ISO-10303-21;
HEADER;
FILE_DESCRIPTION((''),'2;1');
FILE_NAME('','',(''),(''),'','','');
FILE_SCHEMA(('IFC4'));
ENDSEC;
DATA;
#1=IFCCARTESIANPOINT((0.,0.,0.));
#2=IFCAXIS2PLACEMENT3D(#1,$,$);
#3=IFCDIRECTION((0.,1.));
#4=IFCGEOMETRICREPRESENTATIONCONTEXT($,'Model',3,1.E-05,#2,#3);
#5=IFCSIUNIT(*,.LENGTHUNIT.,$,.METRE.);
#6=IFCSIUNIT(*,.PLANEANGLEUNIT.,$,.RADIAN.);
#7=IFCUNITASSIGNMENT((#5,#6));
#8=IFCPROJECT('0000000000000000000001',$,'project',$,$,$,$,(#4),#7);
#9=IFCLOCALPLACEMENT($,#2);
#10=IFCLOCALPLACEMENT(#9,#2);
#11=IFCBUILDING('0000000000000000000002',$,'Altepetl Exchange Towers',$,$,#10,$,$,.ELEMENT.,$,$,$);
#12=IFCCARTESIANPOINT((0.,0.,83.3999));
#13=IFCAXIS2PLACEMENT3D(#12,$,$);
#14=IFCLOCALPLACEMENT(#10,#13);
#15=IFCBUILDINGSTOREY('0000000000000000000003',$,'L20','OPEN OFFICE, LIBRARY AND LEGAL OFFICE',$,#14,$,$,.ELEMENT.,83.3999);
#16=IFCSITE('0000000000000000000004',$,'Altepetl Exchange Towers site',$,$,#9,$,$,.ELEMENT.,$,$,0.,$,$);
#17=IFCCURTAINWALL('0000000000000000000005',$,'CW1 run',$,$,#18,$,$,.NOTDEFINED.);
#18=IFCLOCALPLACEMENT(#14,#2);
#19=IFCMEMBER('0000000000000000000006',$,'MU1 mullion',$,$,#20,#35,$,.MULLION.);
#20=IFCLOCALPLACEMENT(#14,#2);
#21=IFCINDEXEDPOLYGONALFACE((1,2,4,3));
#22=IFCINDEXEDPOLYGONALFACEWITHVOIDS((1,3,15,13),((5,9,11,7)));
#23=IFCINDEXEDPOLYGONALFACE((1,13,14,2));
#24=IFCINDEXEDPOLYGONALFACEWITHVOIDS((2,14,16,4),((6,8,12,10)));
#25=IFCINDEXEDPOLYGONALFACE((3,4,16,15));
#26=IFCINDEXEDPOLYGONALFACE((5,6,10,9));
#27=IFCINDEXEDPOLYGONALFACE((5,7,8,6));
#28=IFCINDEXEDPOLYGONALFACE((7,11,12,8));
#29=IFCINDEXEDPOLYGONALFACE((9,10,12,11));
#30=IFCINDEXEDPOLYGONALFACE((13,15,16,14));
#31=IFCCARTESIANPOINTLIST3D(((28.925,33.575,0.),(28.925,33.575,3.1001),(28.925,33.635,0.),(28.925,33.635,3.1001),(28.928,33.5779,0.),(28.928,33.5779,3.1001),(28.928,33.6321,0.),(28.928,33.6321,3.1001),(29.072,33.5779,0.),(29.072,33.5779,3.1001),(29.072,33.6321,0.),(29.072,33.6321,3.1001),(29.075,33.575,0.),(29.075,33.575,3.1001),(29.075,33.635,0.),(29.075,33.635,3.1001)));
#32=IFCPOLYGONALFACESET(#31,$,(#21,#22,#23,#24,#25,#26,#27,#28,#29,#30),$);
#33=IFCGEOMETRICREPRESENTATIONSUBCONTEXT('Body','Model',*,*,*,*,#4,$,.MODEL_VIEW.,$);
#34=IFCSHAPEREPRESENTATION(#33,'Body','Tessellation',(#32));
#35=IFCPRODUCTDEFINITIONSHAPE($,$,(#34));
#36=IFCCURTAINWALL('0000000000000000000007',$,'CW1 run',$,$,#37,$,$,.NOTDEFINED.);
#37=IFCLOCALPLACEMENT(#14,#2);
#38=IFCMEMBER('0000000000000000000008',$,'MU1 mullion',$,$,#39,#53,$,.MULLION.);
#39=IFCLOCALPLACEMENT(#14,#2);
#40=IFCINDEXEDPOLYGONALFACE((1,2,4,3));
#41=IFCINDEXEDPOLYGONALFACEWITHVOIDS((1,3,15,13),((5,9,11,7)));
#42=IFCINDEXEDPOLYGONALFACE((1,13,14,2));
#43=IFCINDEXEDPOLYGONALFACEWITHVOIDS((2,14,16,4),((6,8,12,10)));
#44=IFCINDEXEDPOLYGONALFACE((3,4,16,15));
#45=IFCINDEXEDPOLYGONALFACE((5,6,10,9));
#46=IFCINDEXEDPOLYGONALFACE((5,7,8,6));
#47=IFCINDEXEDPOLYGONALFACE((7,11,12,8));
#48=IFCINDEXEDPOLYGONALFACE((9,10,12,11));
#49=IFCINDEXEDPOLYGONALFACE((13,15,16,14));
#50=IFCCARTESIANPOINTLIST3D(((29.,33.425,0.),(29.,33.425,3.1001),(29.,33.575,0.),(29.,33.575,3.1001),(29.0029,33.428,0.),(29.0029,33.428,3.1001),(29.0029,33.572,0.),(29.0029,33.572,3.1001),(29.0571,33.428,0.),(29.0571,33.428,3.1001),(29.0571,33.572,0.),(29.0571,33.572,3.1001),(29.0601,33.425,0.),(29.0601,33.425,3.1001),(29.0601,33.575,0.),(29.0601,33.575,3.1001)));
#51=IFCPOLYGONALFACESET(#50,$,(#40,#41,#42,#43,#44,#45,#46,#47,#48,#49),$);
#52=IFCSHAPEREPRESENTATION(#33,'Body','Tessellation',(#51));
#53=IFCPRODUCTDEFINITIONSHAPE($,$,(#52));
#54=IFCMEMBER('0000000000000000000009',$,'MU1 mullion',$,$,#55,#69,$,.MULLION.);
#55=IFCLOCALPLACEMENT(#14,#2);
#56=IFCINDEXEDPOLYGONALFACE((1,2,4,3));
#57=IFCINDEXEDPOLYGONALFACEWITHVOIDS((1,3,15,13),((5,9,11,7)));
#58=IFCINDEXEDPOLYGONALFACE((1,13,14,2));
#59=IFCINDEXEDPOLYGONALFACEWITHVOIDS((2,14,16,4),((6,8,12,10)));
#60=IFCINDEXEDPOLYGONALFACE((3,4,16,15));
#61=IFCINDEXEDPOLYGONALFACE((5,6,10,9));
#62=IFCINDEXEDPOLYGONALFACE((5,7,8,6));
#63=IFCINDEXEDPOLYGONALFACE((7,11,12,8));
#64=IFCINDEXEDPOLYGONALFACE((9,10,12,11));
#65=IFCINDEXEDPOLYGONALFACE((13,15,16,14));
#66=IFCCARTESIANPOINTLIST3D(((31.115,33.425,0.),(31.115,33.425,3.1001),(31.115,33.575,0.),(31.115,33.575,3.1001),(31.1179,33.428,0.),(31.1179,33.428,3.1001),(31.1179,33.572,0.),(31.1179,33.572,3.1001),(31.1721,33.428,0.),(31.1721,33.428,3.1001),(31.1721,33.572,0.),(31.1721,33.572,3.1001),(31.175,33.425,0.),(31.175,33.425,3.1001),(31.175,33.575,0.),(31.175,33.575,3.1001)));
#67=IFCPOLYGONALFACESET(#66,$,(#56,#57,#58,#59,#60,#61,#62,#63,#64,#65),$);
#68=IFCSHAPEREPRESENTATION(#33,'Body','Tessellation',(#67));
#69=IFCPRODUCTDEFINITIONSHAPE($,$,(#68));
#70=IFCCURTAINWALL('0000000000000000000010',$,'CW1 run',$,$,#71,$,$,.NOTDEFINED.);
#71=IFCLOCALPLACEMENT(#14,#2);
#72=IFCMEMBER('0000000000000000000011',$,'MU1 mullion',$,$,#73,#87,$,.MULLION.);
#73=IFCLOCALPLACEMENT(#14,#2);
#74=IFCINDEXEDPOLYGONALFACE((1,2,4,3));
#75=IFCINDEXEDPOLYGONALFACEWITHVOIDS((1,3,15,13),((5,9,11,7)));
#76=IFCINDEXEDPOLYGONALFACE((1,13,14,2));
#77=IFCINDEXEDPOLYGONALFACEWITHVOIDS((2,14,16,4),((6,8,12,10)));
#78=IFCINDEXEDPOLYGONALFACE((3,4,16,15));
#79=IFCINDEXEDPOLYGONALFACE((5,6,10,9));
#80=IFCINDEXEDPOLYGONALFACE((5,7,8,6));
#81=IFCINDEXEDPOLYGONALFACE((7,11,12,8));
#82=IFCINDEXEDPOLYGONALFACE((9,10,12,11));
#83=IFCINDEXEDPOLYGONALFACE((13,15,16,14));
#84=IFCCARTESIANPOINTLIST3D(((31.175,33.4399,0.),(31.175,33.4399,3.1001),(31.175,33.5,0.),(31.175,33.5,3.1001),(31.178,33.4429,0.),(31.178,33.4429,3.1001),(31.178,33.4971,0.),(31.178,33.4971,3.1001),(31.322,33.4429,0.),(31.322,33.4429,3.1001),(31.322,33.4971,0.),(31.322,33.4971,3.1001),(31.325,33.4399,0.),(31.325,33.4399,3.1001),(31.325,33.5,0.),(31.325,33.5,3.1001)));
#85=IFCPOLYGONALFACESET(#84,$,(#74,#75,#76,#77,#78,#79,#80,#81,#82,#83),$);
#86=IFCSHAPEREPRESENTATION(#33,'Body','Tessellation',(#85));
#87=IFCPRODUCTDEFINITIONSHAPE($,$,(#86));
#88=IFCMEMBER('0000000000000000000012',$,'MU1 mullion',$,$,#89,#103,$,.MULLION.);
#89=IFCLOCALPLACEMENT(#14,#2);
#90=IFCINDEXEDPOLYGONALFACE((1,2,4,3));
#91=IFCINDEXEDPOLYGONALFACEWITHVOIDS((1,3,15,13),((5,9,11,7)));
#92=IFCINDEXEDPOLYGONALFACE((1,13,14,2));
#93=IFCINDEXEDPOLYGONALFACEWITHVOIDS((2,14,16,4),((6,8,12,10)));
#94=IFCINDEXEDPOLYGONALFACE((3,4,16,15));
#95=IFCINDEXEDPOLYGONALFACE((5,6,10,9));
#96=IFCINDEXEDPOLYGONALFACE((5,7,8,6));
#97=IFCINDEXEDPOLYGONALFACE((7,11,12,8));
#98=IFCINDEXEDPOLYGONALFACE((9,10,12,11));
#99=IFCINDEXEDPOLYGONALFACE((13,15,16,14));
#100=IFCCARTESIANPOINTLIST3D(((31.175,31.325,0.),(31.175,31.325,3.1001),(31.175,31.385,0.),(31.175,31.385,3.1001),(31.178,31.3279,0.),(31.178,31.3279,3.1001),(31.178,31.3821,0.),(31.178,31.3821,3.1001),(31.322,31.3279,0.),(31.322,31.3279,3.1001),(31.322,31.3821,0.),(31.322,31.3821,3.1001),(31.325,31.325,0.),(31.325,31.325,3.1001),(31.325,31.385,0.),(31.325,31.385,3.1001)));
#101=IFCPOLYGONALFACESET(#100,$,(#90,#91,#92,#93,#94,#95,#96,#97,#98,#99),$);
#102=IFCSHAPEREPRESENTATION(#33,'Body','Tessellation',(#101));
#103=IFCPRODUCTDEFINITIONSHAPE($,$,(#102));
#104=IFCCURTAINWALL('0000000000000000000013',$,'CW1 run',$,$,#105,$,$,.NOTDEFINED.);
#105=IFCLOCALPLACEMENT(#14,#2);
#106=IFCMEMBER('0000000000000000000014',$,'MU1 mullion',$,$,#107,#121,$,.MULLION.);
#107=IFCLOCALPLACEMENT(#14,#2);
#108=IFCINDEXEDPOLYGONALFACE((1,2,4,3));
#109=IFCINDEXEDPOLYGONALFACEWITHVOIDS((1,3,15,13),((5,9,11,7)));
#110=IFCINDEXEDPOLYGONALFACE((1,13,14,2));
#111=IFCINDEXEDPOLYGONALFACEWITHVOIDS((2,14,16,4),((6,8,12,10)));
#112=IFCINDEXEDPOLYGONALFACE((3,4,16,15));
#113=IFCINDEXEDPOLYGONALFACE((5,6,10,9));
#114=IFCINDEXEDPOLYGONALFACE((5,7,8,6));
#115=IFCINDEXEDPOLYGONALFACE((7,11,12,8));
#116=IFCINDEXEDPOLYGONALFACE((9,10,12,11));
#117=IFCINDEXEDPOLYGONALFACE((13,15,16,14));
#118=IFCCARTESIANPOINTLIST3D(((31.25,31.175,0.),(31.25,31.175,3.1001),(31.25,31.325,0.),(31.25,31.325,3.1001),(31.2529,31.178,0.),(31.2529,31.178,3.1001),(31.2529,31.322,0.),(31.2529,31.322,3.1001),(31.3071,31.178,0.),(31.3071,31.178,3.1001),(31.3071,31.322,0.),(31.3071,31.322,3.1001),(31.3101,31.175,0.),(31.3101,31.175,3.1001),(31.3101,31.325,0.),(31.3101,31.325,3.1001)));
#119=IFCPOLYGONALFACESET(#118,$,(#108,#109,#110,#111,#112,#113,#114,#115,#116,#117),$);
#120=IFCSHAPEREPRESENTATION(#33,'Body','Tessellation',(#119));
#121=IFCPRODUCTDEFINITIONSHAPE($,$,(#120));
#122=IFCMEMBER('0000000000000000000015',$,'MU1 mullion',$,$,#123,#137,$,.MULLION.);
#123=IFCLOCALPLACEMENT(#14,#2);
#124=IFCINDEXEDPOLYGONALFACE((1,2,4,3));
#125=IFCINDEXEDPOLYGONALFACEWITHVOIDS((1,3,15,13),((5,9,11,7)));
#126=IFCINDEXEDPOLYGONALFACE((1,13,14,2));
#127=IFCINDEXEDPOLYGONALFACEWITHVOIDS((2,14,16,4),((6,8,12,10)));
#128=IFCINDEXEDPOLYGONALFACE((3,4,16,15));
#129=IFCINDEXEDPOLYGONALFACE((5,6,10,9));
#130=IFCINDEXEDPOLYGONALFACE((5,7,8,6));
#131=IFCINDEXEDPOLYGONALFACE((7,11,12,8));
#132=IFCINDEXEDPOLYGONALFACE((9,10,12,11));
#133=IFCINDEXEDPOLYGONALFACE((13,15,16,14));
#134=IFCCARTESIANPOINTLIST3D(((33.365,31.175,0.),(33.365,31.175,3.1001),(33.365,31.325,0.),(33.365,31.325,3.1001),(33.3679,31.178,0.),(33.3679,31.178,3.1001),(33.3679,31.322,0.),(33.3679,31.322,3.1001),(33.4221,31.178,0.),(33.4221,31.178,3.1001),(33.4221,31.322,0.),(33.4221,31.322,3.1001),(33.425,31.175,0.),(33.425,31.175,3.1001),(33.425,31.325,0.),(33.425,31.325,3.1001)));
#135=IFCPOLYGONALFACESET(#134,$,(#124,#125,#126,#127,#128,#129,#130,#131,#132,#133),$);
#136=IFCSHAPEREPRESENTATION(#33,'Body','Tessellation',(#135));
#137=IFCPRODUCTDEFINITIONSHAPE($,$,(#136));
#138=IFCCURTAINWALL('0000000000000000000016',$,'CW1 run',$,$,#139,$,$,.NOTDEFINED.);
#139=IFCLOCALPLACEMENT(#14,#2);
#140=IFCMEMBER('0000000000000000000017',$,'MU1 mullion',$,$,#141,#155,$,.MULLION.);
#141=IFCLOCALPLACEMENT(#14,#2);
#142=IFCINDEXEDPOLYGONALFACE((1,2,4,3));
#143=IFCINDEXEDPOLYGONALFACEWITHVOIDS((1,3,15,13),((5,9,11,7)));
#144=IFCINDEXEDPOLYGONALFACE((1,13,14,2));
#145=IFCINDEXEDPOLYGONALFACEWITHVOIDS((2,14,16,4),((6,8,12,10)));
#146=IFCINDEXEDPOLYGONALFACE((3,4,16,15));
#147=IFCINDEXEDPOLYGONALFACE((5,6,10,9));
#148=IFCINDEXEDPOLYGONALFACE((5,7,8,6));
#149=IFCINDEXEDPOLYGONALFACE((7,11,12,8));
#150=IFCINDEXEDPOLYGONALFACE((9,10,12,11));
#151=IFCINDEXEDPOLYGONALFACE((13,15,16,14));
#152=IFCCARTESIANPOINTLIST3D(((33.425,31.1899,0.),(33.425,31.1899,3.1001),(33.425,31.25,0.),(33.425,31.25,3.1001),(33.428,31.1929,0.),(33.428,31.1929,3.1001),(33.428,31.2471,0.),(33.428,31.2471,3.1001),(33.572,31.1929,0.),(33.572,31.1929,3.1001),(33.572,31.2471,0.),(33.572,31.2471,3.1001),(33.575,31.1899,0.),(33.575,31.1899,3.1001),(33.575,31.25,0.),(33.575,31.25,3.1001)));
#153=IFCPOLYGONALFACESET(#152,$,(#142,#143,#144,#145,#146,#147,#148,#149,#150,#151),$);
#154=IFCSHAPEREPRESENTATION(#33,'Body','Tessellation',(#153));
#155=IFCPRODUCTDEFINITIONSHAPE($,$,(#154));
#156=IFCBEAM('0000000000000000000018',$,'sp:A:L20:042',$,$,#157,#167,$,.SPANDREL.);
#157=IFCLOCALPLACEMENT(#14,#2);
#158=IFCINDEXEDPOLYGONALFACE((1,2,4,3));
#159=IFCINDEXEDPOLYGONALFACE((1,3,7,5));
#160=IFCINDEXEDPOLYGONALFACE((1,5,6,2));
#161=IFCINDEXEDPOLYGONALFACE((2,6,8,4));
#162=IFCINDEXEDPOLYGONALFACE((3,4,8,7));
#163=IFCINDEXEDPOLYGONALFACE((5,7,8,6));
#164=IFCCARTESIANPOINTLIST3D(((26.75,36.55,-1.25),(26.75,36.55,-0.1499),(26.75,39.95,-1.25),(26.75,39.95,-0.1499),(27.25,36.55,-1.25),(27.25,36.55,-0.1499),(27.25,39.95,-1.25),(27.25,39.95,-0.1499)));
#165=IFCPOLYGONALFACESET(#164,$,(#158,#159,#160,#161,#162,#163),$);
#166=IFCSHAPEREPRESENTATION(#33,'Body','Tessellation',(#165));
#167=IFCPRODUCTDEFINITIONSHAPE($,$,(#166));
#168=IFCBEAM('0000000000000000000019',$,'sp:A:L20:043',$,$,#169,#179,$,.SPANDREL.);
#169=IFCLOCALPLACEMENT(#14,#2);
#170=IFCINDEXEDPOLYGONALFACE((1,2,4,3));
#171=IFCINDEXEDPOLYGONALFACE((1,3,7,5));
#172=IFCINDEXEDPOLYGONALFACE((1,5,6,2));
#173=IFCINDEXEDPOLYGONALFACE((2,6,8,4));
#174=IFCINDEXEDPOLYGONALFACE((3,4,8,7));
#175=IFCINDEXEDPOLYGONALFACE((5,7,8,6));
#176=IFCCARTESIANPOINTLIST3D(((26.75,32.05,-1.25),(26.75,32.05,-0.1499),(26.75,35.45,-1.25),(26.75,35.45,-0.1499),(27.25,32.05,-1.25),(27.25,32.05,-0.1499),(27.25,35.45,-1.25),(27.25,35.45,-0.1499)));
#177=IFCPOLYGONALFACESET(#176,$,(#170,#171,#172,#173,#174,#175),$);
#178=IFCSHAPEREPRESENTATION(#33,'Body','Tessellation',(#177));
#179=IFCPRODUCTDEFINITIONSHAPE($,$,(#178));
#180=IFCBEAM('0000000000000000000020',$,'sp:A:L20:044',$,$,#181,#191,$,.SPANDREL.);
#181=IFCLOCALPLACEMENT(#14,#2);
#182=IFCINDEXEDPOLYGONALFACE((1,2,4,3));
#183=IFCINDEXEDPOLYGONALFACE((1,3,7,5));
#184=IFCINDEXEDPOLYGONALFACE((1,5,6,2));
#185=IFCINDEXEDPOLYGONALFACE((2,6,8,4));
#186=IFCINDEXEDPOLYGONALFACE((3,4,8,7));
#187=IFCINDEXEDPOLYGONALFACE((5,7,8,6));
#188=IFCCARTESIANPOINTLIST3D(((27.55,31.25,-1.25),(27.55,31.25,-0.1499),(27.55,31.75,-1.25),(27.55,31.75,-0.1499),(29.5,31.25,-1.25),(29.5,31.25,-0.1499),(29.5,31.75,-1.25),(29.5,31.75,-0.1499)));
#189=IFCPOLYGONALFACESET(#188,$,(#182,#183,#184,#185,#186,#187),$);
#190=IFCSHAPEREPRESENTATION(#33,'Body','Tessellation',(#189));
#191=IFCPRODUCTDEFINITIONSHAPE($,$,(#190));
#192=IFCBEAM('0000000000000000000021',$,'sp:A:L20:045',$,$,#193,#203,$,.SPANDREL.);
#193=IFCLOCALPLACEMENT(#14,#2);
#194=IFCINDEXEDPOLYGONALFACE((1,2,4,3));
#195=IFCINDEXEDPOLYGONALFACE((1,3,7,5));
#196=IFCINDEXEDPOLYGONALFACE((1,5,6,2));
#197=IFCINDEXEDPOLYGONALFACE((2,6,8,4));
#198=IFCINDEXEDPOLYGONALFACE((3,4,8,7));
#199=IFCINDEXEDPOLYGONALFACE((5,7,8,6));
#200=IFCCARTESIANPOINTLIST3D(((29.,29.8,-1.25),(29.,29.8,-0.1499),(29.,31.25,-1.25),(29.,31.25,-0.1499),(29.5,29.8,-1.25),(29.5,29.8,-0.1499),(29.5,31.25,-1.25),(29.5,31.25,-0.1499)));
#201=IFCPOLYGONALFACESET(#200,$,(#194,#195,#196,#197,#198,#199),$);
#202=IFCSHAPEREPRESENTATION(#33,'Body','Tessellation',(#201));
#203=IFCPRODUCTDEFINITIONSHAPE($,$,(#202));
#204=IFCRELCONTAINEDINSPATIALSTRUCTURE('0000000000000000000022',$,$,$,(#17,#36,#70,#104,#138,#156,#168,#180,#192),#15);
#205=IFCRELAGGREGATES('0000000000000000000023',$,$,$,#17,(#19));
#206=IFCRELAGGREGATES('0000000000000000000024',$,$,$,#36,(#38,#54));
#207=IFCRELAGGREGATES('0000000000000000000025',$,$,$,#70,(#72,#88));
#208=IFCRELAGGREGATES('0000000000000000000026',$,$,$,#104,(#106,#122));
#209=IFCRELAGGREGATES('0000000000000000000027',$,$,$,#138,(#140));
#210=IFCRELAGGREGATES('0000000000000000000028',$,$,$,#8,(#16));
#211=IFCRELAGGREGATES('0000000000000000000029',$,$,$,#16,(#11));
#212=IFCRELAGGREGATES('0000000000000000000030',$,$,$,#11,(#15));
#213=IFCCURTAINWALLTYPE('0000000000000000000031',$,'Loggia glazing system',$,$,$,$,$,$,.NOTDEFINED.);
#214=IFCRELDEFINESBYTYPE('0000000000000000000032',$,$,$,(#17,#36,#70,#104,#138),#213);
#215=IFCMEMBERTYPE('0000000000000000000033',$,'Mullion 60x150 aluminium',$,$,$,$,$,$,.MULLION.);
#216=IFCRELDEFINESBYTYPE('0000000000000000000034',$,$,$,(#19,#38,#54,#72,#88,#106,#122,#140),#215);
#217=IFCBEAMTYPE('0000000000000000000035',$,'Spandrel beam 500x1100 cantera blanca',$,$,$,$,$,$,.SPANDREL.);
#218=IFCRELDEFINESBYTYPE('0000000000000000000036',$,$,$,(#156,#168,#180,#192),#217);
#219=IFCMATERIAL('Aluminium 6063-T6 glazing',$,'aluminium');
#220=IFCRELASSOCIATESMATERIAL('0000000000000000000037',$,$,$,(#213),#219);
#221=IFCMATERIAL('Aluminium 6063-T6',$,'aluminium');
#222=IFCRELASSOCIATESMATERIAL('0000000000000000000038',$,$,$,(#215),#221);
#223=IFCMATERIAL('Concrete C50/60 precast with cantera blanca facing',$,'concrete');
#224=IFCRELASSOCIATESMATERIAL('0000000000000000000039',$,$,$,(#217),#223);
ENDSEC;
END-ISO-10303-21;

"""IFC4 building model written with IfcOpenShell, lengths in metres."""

from ifc_helpers import new_model, si_unit, direction, frame, origin, origin_2d, place, context, subcontext, project, spatial, rectangle, hollow_rectangle, extrude, material, material_profile, profile_set, type_object, element, aggregate, save


model = new_model("IFC4")

# Units and contexts
model_context = context("Model", 3, precision=1e-05, world=origin(), true_north=direction((0.0, 1.0)))
body_context = subcontext(model_context, "Body", "Model", "MODEL_VIEW")
ifc_project = project(units=[si_unit("LENGTHUNIT", "METRE"), si_unit("PLANEANGLEUNIT", "RADIAN")], contexts=[model_context])

# Site, building, storey
site_placement = place(None, origin())
site = spatial("IfcSite", under=ifc_project, at=site_placement, Name="Altepetl Exchange Towers site", CompositionType="ELEMENT", RefElevation=0.0)
building_placement = place(site_placement, origin())
building = spatial("IfcBuilding", under=site, at=building_placement, Name="Altepetl Exchange Towers", CompositionType="ELEMENT")
storey_placement = place(building_placement, frame((0.0, 0.0, 83.3999)))
storey = spatial("IfcBuildingStorey", under=building, at=storey_placement, Name="L20", Description="OPEN OFFICE, LIBRARY AND LEGAL OFFICE", CompositionType="ELEMENT", Elevation=83.3999)

# Curtain walls, members
ifc_material_1 = material(Name="Aluminium 6063-T6 glazing", Category="aluminium")
curtain_wall_type = type_object("IfcCurtainWallType", Name="Loggia glazing system", PredefinedType="NOTDEFINED", material=ifc_material_1)
curtain_wall_1_placement = place(storey_placement, origin())
curtain_wall_1 = element("IfcCurtainWall", 1, at=curtain_wall_1_placement, inside=storey, type_object=curtain_wall_type, Name="CW1 run", PredefinedType="NOTDEFINED")
ifc_material_2 = material(Name="Aluminium 6063-T6", Category="aluminium")
ifc_material_profile_1 = material_profile(ifc_material_2, hollow_rectangle(XDim=0.0601, YDim=0.1499, WallThickness=0.0029, at=origin_2d()), Name="Mullion 60x150 aluminium")
ifc_profile_set_1 = profile_set([ifc_material_profile_1], Name="Aluminium 6063-T6")
member_type = type_object("IfcMemberType", Name="Mullion 60x150 aluminium", PredefinedType="MULLION", material=ifc_profile_set_1)
member_1_placement = place(storey_placement, frame((29.0, 33.605, 0.0), z_axis=(0.0, 0.0, 1.0), x_axis=(0.0, -1.0, 0.0)))
member_1 = element("IfcMember", 2, at=member_1_placement, type_object=member_type, Name="MU1 mullion", PredefinedType="MULLION", context=body_context, shape_type="SweptSolid", body=[
    extrude(hollow_rectangle(XDim=0.0601, YDim=0.1499, WallThickness=0.0029, at=origin_2d()), origin(), (0.0, 0.0, 1.0), 3.1001),
])
curtain_wall_2_placement = place(storey_placement, origin())
curtain_wall_2 = element("IfcCurtainWall", 3, at=curtain_wall_2_placement, inside=storey, type_object=curtain_wall_type, Name="CW1 run", PredefinedType="NOTDEFINED")
member_2_placement = place(storey_placement, frame((29.03, 33.5, 0.0)))
member_2 = element("IfcMember", 4, at=member_2_placement, type_object=member_type, Name="MU1 mullion", PredefinedType="MULLION", context=body_context, shape_type="SweptSolid", body=[
    extrude(hollow_rectangle(XDim=0.0601, YDim=0.1499, WallThickness=0.0029, at=origin_2d()), origin(), (0.0, 0.0, 1.0), 3.1001),
])
member_3_placement = place(storey_placement, frame((31.145, 33.5, 0.0)))
member_3 = element("IfcMember", 5, at=member_3_placement, type_object=member_type, Name="MU1 mullion", PredefinedType="MULLION", context=body_context, shape_type="SweptSolid", body=[
    extrude(hollow_rectangle(XDim=0.0601, YDim=0.1499, WallThickness=0.0029, at=origin_2d()), origin(), (0.0, 0.0, 1.0), 3.1001),
])
curtain_wall_3_placement = place(storey_placement, origin())
curtain_wall_3 = element("IfcCurtainWall", 6, at=curtain_wall_3_placement, inside=storey, type_object=curtain_wall_type, Name="CW1 run", PredefinedType="NOTDEFINED")
member_4_placement = place(storey_placement, frame((31.25, 33.47, 0.0), z_axis=(0.0, 0.0, 1.0), x_axis=(0.0, -1.0, 0.0)))
member_4 = element("IfcMember", 7, at=member_4_placement, type_object=member_type, Name="MU1 mullion", PredefinedType="MULLION", context=body_context, shape_type="SweptSolid", body=[
    extrude(hollow_rectangle(XDim=0.0601, YDim=0.1499, WallThickness=0.0029, at=origin_2d()), origin(), (0.0, 0.0, 1.0), 3.1001),
])
member_5_placement = place(storey_placement, frame((31.25, 31.355, 0.0), z_axis=(0.0, 0.0, 1.0), x_axis=(0.0, -1.0, 0.0)))
member_5 = element("IfcMember", 8, at=member_5_placement, type_object=member_type, Name="MU1 mullion", PredefinedType="MULLION", context=body_context, shape_type="SweptSolid", body=[
    extrude(hollow_rectangle(XDim=0.0601, YDim=0.1499, WallThickness=0.0029, at=origin_2d()), origin(), (0.0, 0.0, 1.0), 3.1001),
])
curtain_wall_4_placement = place(storey_placement, origin())
curtain_wall_4 = element("IfcCurtainWall", 9, at=curtain_wall_4_placement, inside=storey, type_object=curtain_wall_type, Name="CW1 run", PredefinedType="NOTDEFINED")
member_6_placement = place(storey_placement, frame((31.28, 31.25, 0.0)))
member_6 = element("IfcMember", 10, at=member_6_placement, type_object=member_type, Name="MU1 mullion", PredefinedType="MULLION", context=body_context, shape_type="SweptSolid", body=[
    extrude(hollow_rectangle(XDim=0.0601, YDim=0.1499, WallThickness=0.0029, at=origin_2d()), origin(), (0.0, 0.0, 1.0), 3.1001),
])
member_7_placement = place(storey_placement, frame((33.395, 31.25, 0.0)))
member_7 = element("IfcMember", 11, at=member_7_placement, type_object=member_type, Name="MU1 mullion", PredefinedType="MULLION", context=body_context, shape_type="SweptSolid", body=[
    extrude(hollow_rectangle(XDim=0.0601, YDim=0.1499, WallThickness=0.0029, at=origin_2d()), origin(), (0.0, 0.0, 1.0), 3.1001),
])

# Curtain wall, member
curtain_wall_5_placement = place(storey_placement, origin())
curtain_wall_5 = element("IfcCurtainWall", 12, at=curtain_wall_5_placement, inside=storey, type_object=curtain_wall_type, Name="CW1 run", PredefinedType="NOTDEFINED")
member_8_placement = place(storey_placement, frame((33.5, 31.22, 0.0), z_axis=(0.0, 0.0, 1.0), x_axis=(0.0, -1.0, 0.0)))
member_8 = element("IfcMember", 13, at=member_8_placement, type_object=member_type, Name="MU1 mullion", PredefinedType="MULLION", context=body_context, shape_type="SweptSolid", body=[
    extrude(hollow_rectangle(XDim=0.0601, YDim=0.1499, WallThickness=0.0029, at=origin_2d()), origin(), (0.0, 0.0, 1.0), 3.1001),
])

# Beams
ifc_material_3 = material(Name="Concrete C50/60 precast with cantera blanca facing", Category="concrete")
ifc_material_profile_2 = material_profile(ifc_material_3, rectangle(XDim=0.5, YDim=1.1001, at=origin_2d()), Name="500 x 1100")
ifc_profile_set_2 = profile_set([ifc_material_profile_2], Name="Concrete C50/60 precast with cantera blanca facing")
beam_type_1 = type_object("IfcBeamType", Name="Spandrel beam 500x1100 cantera blanca", PredefinedType="SPANDREL", material=ifc_profile_set_2)
for number, where, z_axis, x_axis, name in (
    (14, (27.0, 39.95, -0.7), (0.0, -1.0, 0.0), (1.0, 0.0, 0.0), "sp:A:L20:042"),
    (15, (27.0, 35.45, -0.7), (0.0, -1.0, 0.0), (1.0, 0.0, 0.0), "sp:A:L20:043"),
):
    element("IfcBeam", number, at=place(storey_placement, frame(where, z_axis=z_axis, x_axis=x_axis)), inside=storey, type_object=beam_type_1, Name=name, PredefinedType="SPANDREL", context=body_context, shape_type="SweptSolid", body=[
        extrude(rectangle(XDim=0.5, YDim=1.1001, at=origin_2d()), origin(), (0.0, 0.0, 1.0), 3.3999),
    ])
beam_1_placement = place(storey_placement, frame((27.55, 31.5, -0.7), z_axis=(1.0, 0.0, 0.0), x_axis=(0.0, 1.0, 0.0)))
element("IfcBeam", 16, at=beam_1_placement, inside=storey, type_object=beam_type_1, Name="sp:A:L20:044", PredefinedType="SPANDREL", context=body_context, shape_type="SweptSolid", body=[
    extrude(rectangle(XDim=0.5, YDim=1.1001, at=origin_2d()), origin(), (0.0, 0.0, 1.0), 1.95),
])
beam_2_placement = place(storey_placement, frame((29.25, 31.25, -0.7), z_axis=(0.0, -1.0, 0.0), x_axis=(1.0, 0.0, 0.0)))
element("IfcBeam", 17, at=beam_2_placement, inside=storey, type_object=beam_type_1, Name="sp:A:L20:045", PredefinedType="SPANDREL", context=body_context, shape_type="SweptSolid", body=[
    extrude(rectangle(XDim=0.5, YDim=1.1001, at=origin_2d()), origin(), (0.0, 0.0, 1.0), 1.45),
])

aggregate(curtain_wall_1, [member_1])
aggregate(curtain_wall_2, [member_2, member_3])
aggregate(curtain_wall_3, [member_4, member_5])
aggregate(curtain_wall_4, [member_6, member_7])
aggregate(curtain_wall_5, [member_8])

save(model, "model.ifc")
